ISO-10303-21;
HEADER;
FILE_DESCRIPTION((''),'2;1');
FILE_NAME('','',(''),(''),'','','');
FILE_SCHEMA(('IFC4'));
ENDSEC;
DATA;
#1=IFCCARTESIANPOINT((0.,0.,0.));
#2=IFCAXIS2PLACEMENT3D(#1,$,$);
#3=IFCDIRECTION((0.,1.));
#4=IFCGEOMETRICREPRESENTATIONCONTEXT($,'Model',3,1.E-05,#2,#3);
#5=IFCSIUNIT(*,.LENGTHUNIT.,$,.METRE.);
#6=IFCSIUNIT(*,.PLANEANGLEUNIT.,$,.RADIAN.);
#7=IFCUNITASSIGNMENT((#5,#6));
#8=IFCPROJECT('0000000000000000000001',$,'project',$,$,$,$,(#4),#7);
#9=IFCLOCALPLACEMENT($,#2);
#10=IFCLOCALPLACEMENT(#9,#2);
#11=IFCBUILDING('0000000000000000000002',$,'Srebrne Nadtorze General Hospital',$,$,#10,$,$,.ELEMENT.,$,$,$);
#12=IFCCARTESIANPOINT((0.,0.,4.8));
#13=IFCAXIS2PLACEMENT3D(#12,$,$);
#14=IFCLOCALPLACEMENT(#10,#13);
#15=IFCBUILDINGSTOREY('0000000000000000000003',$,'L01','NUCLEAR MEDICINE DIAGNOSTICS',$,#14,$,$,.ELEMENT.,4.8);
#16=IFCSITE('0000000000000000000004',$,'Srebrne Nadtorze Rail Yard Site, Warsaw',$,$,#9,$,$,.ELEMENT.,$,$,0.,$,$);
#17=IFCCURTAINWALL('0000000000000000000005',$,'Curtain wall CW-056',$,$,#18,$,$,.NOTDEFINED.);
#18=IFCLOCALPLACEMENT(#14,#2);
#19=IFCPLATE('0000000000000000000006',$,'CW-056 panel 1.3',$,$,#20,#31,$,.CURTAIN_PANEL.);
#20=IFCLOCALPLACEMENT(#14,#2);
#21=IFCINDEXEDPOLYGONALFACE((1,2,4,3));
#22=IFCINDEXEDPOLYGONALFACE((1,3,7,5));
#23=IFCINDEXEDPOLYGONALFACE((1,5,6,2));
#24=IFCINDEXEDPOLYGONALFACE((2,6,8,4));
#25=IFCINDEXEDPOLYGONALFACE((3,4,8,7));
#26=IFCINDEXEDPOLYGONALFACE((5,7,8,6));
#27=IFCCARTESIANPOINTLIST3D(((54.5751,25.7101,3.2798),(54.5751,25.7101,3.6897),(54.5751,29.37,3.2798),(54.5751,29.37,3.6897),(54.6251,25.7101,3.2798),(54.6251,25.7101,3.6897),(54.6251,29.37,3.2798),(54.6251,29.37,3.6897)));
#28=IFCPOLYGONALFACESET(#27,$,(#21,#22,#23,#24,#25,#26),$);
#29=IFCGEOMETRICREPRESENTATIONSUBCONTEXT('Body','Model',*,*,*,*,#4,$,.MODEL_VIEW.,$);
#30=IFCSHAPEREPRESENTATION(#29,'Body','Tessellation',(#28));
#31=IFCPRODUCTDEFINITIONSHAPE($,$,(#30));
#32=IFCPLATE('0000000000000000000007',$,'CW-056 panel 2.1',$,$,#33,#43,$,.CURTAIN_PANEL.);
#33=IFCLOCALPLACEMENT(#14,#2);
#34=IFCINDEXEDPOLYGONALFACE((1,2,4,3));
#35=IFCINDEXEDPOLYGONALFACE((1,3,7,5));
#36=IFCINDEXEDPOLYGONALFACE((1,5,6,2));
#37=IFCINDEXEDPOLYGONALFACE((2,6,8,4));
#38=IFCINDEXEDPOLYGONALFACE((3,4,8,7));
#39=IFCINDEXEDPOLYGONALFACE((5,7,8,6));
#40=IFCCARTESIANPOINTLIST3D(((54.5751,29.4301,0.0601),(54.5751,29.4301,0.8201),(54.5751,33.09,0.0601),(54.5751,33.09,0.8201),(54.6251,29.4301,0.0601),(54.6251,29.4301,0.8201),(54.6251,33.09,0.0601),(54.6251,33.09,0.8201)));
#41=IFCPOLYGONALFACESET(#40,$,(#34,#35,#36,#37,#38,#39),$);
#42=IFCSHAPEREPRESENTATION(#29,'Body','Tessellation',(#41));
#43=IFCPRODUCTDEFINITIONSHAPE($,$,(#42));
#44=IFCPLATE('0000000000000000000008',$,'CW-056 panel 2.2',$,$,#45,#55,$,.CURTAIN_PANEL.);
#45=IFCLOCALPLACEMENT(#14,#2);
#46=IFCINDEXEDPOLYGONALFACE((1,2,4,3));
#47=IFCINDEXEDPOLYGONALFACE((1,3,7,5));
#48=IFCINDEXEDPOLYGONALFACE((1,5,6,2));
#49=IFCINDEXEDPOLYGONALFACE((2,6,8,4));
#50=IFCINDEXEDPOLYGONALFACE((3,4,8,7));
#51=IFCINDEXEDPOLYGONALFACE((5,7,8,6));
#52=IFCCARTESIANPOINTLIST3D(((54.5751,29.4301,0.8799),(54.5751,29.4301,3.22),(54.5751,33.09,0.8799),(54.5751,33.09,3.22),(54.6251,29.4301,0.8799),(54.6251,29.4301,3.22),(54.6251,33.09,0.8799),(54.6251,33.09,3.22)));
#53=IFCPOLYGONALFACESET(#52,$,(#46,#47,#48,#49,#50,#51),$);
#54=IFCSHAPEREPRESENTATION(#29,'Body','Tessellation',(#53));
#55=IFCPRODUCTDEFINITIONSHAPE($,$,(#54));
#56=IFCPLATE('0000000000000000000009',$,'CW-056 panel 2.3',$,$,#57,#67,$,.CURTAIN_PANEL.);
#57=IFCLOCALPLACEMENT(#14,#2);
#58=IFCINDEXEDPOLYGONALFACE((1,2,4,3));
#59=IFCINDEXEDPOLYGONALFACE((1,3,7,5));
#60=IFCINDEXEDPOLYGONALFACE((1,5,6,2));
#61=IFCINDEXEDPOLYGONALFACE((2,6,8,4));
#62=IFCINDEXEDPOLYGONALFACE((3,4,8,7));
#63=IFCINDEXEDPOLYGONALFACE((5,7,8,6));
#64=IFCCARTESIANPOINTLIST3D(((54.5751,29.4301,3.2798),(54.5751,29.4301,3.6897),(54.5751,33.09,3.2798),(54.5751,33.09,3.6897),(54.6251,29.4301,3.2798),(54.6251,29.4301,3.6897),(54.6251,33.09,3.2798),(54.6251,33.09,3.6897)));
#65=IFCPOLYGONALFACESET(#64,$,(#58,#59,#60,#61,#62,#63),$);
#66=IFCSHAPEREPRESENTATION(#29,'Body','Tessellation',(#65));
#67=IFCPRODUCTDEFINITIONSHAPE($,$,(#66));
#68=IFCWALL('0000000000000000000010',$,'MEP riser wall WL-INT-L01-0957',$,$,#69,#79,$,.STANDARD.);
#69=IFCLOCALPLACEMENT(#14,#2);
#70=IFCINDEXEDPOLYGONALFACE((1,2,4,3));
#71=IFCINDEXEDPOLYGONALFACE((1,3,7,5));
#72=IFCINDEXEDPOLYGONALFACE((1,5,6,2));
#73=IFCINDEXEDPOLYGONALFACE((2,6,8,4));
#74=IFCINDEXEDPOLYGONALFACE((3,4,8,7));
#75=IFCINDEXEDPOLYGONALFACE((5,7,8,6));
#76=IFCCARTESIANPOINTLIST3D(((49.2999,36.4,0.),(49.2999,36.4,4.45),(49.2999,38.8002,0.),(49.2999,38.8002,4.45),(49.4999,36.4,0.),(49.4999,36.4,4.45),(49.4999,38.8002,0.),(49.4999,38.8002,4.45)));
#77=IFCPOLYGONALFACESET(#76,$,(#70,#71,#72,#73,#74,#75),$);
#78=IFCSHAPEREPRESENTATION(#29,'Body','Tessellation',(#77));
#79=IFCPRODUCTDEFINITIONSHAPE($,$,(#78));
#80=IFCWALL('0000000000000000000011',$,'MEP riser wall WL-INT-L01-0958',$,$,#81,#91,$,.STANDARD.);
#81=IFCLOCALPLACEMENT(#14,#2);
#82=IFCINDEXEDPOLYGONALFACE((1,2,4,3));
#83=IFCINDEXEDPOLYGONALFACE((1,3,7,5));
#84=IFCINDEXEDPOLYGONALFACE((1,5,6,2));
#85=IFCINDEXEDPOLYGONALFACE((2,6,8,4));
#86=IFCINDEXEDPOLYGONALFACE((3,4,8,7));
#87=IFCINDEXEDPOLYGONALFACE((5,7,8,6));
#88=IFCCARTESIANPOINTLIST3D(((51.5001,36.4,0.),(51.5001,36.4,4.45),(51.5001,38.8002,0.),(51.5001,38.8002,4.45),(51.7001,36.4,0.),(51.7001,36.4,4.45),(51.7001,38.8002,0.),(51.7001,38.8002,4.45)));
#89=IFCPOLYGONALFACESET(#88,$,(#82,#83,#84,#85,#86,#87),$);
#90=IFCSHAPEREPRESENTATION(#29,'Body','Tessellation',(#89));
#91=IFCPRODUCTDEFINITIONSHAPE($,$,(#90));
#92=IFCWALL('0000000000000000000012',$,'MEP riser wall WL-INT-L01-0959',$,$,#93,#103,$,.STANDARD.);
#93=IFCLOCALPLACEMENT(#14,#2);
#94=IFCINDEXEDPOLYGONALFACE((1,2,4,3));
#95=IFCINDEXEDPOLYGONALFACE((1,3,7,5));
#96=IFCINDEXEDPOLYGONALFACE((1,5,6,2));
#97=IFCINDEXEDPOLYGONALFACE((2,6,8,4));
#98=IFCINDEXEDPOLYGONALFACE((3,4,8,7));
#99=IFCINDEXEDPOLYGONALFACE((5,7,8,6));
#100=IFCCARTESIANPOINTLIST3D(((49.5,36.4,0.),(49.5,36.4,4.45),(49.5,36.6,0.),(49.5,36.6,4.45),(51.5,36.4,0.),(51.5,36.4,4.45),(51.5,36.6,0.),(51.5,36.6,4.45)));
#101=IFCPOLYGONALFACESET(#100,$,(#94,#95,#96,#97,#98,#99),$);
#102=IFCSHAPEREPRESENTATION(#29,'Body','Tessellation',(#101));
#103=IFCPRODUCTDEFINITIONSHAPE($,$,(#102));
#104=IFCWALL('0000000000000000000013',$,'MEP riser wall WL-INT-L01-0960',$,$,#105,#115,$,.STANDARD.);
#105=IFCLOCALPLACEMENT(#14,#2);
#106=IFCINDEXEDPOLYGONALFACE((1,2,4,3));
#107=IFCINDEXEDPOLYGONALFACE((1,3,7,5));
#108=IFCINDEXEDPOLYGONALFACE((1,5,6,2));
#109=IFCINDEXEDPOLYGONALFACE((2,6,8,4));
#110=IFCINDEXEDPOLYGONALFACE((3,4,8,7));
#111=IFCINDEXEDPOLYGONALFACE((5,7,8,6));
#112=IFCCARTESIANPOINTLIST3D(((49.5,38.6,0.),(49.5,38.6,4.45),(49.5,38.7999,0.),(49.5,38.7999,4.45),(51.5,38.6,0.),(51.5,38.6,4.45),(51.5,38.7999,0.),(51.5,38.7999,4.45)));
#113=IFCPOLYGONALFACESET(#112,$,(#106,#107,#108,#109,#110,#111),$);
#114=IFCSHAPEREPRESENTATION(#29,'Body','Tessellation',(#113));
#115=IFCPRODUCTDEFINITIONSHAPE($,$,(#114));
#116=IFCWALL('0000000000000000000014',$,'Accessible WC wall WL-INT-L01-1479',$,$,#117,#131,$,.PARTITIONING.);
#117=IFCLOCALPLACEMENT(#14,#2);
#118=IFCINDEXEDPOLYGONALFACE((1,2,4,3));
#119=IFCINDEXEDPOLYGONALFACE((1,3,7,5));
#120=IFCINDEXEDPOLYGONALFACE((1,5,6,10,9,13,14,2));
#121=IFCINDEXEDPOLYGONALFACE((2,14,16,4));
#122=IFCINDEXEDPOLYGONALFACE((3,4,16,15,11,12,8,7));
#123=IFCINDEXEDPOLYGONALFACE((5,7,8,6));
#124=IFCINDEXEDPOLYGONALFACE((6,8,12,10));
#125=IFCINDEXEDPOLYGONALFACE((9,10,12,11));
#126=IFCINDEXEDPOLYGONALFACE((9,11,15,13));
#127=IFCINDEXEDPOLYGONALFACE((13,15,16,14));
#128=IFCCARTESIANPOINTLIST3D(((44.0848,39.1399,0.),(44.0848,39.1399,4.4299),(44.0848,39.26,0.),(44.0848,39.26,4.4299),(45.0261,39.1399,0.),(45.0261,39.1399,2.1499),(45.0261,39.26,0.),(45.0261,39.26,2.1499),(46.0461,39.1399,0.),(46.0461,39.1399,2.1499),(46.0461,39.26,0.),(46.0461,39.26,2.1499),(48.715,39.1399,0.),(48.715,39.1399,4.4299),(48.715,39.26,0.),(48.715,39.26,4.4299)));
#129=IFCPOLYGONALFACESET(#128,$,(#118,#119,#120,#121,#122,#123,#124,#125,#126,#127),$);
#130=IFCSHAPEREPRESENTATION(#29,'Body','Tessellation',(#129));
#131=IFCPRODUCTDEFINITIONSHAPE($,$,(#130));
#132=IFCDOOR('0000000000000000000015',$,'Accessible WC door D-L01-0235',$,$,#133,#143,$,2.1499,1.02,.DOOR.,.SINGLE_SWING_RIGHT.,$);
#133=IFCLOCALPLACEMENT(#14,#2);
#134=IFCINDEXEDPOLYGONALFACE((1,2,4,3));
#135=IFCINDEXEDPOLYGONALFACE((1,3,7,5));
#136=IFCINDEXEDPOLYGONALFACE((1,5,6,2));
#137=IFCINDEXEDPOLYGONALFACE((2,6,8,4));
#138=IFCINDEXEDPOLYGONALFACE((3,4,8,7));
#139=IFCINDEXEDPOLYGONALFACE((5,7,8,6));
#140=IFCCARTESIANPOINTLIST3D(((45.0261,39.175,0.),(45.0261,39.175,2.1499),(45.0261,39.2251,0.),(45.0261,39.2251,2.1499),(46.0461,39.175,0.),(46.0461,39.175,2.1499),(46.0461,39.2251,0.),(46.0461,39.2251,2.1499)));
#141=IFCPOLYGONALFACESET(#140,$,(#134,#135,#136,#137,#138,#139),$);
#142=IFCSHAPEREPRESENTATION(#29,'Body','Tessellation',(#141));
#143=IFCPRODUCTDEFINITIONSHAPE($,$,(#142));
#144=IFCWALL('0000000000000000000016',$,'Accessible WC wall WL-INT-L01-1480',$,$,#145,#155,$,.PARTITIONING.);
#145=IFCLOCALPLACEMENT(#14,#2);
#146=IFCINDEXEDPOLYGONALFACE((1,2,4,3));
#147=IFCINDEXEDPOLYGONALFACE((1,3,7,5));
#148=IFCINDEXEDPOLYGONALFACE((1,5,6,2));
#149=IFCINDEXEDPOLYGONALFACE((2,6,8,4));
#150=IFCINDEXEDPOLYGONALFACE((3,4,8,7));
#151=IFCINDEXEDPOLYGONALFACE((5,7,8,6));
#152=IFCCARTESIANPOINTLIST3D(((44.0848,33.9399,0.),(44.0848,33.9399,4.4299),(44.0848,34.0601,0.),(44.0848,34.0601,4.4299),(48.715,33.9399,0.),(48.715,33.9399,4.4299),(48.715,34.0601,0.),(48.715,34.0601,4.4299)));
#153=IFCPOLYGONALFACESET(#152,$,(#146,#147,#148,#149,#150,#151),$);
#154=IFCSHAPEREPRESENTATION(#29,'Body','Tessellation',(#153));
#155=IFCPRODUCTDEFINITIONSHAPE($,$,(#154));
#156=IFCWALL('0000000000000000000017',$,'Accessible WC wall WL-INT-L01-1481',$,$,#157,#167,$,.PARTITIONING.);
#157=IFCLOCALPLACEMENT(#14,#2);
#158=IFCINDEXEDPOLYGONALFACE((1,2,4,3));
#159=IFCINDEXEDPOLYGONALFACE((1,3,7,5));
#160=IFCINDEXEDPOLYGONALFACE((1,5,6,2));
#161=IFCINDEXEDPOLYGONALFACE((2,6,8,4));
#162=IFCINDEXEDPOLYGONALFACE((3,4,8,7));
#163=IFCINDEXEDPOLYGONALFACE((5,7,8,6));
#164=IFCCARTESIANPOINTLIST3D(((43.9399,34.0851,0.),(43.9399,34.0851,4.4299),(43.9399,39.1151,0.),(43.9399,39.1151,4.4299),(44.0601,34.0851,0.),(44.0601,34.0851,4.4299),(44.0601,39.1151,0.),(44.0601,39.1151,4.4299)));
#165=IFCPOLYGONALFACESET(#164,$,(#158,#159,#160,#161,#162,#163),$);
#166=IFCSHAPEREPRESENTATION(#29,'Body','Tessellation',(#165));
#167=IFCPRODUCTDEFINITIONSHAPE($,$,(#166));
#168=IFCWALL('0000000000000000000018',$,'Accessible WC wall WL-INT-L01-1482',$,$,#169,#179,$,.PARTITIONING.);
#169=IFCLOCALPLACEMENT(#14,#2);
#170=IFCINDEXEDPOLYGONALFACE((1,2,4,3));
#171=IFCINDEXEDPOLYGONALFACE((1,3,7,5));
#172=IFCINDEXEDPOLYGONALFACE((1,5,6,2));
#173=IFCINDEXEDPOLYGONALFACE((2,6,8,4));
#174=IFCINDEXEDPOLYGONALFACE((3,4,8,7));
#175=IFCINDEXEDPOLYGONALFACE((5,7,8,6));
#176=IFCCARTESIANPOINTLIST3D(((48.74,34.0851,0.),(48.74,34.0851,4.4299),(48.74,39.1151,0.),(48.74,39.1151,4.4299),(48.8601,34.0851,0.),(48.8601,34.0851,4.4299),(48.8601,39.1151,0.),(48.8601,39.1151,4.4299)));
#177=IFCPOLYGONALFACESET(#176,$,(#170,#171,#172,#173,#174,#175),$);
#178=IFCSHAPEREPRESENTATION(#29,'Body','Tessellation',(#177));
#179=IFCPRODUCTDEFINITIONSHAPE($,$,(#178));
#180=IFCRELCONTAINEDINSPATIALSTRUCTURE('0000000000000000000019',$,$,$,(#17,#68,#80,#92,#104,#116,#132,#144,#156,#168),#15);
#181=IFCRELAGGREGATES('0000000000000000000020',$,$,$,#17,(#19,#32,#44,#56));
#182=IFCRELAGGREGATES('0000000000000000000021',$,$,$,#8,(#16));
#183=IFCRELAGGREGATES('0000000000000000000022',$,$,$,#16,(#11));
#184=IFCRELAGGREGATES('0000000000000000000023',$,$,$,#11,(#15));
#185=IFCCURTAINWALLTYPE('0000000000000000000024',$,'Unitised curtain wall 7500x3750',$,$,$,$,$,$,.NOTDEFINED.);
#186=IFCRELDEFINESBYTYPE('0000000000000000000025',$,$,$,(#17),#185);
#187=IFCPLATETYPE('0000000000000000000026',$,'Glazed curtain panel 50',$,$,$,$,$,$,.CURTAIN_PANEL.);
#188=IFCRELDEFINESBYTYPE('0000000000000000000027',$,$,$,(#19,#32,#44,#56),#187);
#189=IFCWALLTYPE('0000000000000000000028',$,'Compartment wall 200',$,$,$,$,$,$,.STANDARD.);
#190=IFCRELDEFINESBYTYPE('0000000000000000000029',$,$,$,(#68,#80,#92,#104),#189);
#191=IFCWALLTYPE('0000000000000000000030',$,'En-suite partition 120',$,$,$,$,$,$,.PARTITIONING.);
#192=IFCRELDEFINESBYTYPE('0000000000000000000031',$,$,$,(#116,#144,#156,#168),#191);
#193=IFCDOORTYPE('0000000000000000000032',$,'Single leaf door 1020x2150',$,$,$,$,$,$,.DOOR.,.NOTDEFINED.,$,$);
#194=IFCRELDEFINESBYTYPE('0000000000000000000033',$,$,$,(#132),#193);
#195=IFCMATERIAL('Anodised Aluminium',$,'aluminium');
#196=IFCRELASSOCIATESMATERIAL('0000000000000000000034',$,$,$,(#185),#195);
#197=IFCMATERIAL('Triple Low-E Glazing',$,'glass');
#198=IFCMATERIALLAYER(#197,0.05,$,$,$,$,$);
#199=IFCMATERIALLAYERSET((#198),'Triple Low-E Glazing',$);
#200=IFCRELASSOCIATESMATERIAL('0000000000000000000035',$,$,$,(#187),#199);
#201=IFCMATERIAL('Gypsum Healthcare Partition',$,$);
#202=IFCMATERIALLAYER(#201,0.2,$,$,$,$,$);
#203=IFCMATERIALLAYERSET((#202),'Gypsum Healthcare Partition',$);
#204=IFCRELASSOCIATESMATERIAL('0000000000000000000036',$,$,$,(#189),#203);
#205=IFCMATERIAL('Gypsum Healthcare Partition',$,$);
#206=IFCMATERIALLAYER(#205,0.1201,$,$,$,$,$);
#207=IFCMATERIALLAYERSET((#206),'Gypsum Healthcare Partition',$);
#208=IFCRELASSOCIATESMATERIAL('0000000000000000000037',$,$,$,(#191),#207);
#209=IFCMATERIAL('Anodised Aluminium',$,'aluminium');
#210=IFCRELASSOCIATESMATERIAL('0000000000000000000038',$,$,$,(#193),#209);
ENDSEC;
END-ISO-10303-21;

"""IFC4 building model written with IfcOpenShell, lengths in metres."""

from ifc_helpers import new_model, si_unit, direction, frame, frame_2d, origin, origin_2d, place, context, subcontext, project, spatial, rectangle, extrude, material, layer, layer_set, type_object, element, fill, aggregate, save


model = new_model("IFC4")

# Units and contexts
model_context = context("Model", 3, precision=1e-05, world=origin(), true_north=direction((0.0, 1.0)))
body_context = subcontext(model_context, "Body", "Model", "MODEL_VIEW")
ifc_project = project(units=[si_unit("LENGTHUNIT", "METRE"), si_unit("PLANEANGLEUNIT", "RADIAN")], contexts=[model_context])

# Site, building, storey
site_placement = place(None, origin())
site = spatial("IfcSite", under=ifc_project, at=site_placement, Name="Srebrne Nadtorze Rail Yard Site, Warsaw", CompositionType="ELEMENT", RefElevation=0.0)
building_placement = place(site_placement, origin())
building = spatial("IfcBuilding", under=site, at=building_placement, Name="Srebrne Nadtorze General Hospital", CompositionType="ELEMENT")
storey_placement = place(building_placement, frame((0.0, 0.0, 4.8)))
storey = spatial("IfcBuildingStorey", under=building, at=storey_placement, Name="L01", Description="NUCLEAR MEDICINE DIAGNOSTICS", CompositionType="ELEMENT", Elevation=4.8)

# Curtain wall
ifc_material_1 = material(Name="Anodised Aluminium", Category="aluminium")
curtain_wall_type = type_object("IfcCurtainWallType", Name="Unitised curtain wall 7500x3750", PredefinedType="NOTDEFINED", material=ifc_material_1)
curtain_wall_placement = place(storey_placement, origin())
curtain_wall = element("IfcCurtainWall", 1, at=curtain_wall_placement, inside=storey, type_object=curtain_wall_type, Name="Curtain wall CW-056", PredefinedType="NOTDEFINED")

# Plates
ifc_material_2 = material(Name="Triple Low-E Glazing", Category="glass")
ifc_layer_1 = layer(ifc_material_2, 0.05)
ifc_layer_set_1 = layer_set([ifc_layer_1], Name="Triple Low-E Glazing")
plate_type = type_object("IfcPlateType", Name="Glazed curtain panel 50", PredefinedType="CURTAIN_PANEL", material=ifc_layer_set_1)
plate_1_placement = place(storey_placement, frame((54.6001, 27.54, 3.2798), z_axis=(0.0, 0.0, 1.0), x_axis=(0.0, 1.0, 0.0)))
plate_1 = element("IfcPlate", 2, at=plate_1_placement, type_object=plate_type, Name="CW-056 panel 1.3", PredefinedType="CURTAIN_PANEL", context=body_context, shape_type="SweptSolid", body=[
    extrude(rectangle(XDim=3.6599, YDim=0.05, at=origin_2d()), origin(), (0.0, 0.0, 1.0), 0.4099),
])
plate_2_placement = place(storey_placement, frame((54.6001, 31.26, 0.0601), z_axis=(0.0, 0.0, 1.0), x_axis=(0.0, 1.0, 0.0)))
plate_2 = element("IfcPlate", 3, at=plate_2_placement, type_object=plate_type, Name="CW-056 panel 2.1", PredefinedType="CURTAIN_PANEL", context=body_context, shape_type="SweptSolid", body=[
    extrude(rectangle(XDim=3.6599, YDim=0.05, at=origin_2d()), origin(), (0.0, 0.0, 1.0), 0.76),
])
plate_3_placement = place(storey_placement, frame((54.6001, 31.26, 0.8799), z_axis=(0.0, 0.0, 1.0), x_axis=(0.0, 1.0, 0.0)))
plate_3 = element("IfcPlate", 4, at=plate_3_placement, type_object=plate_type, Name="CW-056 panel 2.2", PredefinedType="CURTAIN_PANEL", context=body_context, shape_type="SweptSolid", body=[
    extrude(rectangle(XDim=3.6599, YDim=0.05, at=origin_2d()), origin(), (0.0, 0.0, 1.0), 2.3401),
])
plate_4_placement = place(storey_placement, frame((54.6001, 31.26, 3.2798), z_axis=(0.0, 0.0, 1.0), x_axis=(0.0, 1.0, 0.0)))
plate_4 = element("IfcPlate", 5, at=plate_4_placement, type_object=plate_type, Name="CW-056 panel 2.3", PredefinedType="CURTAIN_PANEL", context=body_context, shape_type="SweptSolid", body=[
    extrude(rectangle(XDim=3.6599, YDim=0.05, at=origin_2d()), origin(), (0.0, 0.0, 1.0), 0.4099),
])
aggregate(curtain_wall, [plate_1, plate_2, plate_3, plate_4])

# Walls
ifc_material_3 = material(Name="Gypsum Healthcare Partition")
ifc_layer_2 = layer(ifc_material_3, 0.2)
ifc_layer_set_2 = layer_set([ifc_layer_2], Name="Gypsum Healthcare Partition")
wall_type_1 = type_object("IfcWallType", Name="Compartment wall 200", PredefinedType="STANDARD", material=ifc_layer_set_2)
for number, where, z_axis, x_axis, name in (
    (6, (49.3999, 36.3999, 0.0), (0.0, 0.0, 1.0), (0.0, 1.0, 0.0), "MEP riser wall WL-INT-L01-0957"),
    (7, (51.6001, 36.3999, 0.0), (0.0, 0.0, 1.0), (0.0, 1.0, 0.0), "MEP riser wall WL-INT-L01-0958"),
):
    element("IfcWall", number, at=place(storey_placement, frame(where, z_axis=z_axis, x_axis=x_axis)), inside=storey, type_object=wall_type_1, Name=name, PredefinedType="STANDARD", context=body_context, shape_type="SweptSolid", body=[
        extrude(rectangle(XDim=2.4001, YDim=0.2, at=frame_2d((1.2002, 0.0))), origin(), (0.0, 0.0, 1.0), 4.45),
    ])
for number, where, z_axis, x_axis, name in (
    (8, (49.5, 36.5, 0.0), (0.0, 0.0, 1.0), (1.0, 0.0, 0.0), "MEP riser wall WL-INT-L01-0959"),
    (9, (49.5, 38.7, 0.0), (0.0, 0.0, 1.0), (1.0, 0.0, 0.0), "MEP riser wall WL-INT-L01-0960"),
):
    element("IfcWall", number, at=place(storey_placement, frame(where, z_axis=z_axis, x_axis=x_axis)), inside=storey, type_object=wall_type_1, Name=name, PredefinedType="STANDARD", context=body_context, shape_type="SweptSolid", body=[
        extrude(rectangle(XDim=2.0, YDim=0.2, at=frame_2d((1.0, 0.0))), origin(), (0.0, 0.0, 1.0), 4.45),
    ])

# Wall, opening, door
ifc_material_4 = material(Name="Gypsum Healthcare Partition")
ifc_layer_3 = layer(ifc_material_4, 0.1201)
ifc_layer_set_3 = layer_set([ifc_layer_3], Name="Gypsum Healthcare Partition")
wall_type_2 = type_object("IfcWallType", Name="En-suite partition 120", PredefinedType="PARTITIONING", material=ifc_layer_set_3)
wall_1_placement = place(storey_placement, frame((44.085, 39.2, 0.0), z_axis=(0.0, 0.0, 1.0), x_axis=(1.0, 0.0, 0.0)))
wall_1 = element("IfcWall", 10, at=wall_1_placement, inside=storey, type_object=wall_type_2, Name="Accessible WC wall WL-INT-L01-1479", PredefinedType="PARTITIONING", context=body_context, shape_type="SweptSolid", body=[
    extrude(rectangle(XDim=4.6301, YDim=0.1201, at=frame_2d((2.3149, 0.0))), origin(), (0.0, 0.0, 1.0), 4.4299),
])
opening_placement = place(wall_1_placement, frame((0.9412, 0.0, 0.0)))
opening = element("IfcOpeningElement", 11, at=opening_placement, cuts=wall_1, PredefinedType="OPENING", context=body_context, shape_type="SweptSolid", body=[
    extrude(rectangle(XDim=1.02, YDim=2.1499, at=frame_2d((0.51, 1.075))), frame((0.0, 0.072, 0.0), z_axis=(0.0, -1.0, 0.0), x_axis=(1.0, 0.0, 0.0)), (0.0, 0.0, 1.0), 0.144),
])
ifc_material_5 = material(Name="Anodised Aluminium", Category="aluminium")
door_type = type_object("IfcDoorType", Name="Single leaf door 1020x2150", OperationType="NOTDEFINED", PredefinedType="DOOR", material=ifc_material_5)
door_placement = place(opening_placement, frame((1.02, 0.0, 0.0), z_axis=(0.0, 0.0, 1.0), x_axis=(-1.0, 0.0, 0.0)))
door = element("IfcDoor", 12, at=door_placement, inside=storey, type_object=door_type, Name="Accessible WC door D-L01-0235", OperationType="SINGLE_SWING_RIGHT", OverallHeight=2.1499, OverallWidth=1.02, PredefinedType="DOOR", context=body_context, shape_type="SweptSolid", body=[
    extrude(rectangle(XDim=1.02, YDim=2.1499, at=frame_2d((0.51, 1.075))), frame((0.0, 0.0249, 0.0), z_axis=(0.0, -1.0, 0.0), x_axis=(1.0, 0.0, 0.0)), (0.0, 0.0, 1.0), 0.05),
])
fill(opening, door)

# Walls
wall_2_placement = place(storey_placement, frame((44.085, 34.0, 0.0), z_axis=(0.0, 0.0, 1.0), x_axis=(1.0, 0.0, 0.0)))
element("IfcWall", 13, at=wall_2_placement, inside=storey, type_object=wall_type_2, Name="Accessible WC wall WL-INT-L01-1480", PredefinedType="PARTITIONING", context=body_context, shape_type="SweptSolid", body=[
    extrude(rectangle(XDim=4.6301, YDim=0.1201, at=frame_2d((2.3149, 0.0))), origin(), (0.0, 0.0, 1.0), 4.4299),
])
for number, where, z_axis, x_axis, name in (
    (14, (44.0, 34.085, 0.0), (0.0, 0.0, 1.0), (0.0, 1.0, 0.0), "Accessible WC wall WL-INT-L01-1481"),
    (15, (48.8, 34.085, 0.0), (0.0, 0.0, 1.0), (0.0, 1.0, 0.0), "Accessible WC wall WL-INT-L01-1482"),
):
    element("IfcWall", number, at=place(storey_placement, frame(where, z_axis=z_axis, x_axis=x_axis)), inside=storey, type_object=wall_type_2, Name=name, PredefinedType="PARTITIONING", context=body_context, shape_type="SweptSolid", body=[
        extrude(rectangle(XDim=5.03, YDim=0.1201, at=frame_2d((2.5151, 0.0))), origin(), (0.0, 0.0, 1.0), 4.4299),
    ])

save(model, "model.ifc")
